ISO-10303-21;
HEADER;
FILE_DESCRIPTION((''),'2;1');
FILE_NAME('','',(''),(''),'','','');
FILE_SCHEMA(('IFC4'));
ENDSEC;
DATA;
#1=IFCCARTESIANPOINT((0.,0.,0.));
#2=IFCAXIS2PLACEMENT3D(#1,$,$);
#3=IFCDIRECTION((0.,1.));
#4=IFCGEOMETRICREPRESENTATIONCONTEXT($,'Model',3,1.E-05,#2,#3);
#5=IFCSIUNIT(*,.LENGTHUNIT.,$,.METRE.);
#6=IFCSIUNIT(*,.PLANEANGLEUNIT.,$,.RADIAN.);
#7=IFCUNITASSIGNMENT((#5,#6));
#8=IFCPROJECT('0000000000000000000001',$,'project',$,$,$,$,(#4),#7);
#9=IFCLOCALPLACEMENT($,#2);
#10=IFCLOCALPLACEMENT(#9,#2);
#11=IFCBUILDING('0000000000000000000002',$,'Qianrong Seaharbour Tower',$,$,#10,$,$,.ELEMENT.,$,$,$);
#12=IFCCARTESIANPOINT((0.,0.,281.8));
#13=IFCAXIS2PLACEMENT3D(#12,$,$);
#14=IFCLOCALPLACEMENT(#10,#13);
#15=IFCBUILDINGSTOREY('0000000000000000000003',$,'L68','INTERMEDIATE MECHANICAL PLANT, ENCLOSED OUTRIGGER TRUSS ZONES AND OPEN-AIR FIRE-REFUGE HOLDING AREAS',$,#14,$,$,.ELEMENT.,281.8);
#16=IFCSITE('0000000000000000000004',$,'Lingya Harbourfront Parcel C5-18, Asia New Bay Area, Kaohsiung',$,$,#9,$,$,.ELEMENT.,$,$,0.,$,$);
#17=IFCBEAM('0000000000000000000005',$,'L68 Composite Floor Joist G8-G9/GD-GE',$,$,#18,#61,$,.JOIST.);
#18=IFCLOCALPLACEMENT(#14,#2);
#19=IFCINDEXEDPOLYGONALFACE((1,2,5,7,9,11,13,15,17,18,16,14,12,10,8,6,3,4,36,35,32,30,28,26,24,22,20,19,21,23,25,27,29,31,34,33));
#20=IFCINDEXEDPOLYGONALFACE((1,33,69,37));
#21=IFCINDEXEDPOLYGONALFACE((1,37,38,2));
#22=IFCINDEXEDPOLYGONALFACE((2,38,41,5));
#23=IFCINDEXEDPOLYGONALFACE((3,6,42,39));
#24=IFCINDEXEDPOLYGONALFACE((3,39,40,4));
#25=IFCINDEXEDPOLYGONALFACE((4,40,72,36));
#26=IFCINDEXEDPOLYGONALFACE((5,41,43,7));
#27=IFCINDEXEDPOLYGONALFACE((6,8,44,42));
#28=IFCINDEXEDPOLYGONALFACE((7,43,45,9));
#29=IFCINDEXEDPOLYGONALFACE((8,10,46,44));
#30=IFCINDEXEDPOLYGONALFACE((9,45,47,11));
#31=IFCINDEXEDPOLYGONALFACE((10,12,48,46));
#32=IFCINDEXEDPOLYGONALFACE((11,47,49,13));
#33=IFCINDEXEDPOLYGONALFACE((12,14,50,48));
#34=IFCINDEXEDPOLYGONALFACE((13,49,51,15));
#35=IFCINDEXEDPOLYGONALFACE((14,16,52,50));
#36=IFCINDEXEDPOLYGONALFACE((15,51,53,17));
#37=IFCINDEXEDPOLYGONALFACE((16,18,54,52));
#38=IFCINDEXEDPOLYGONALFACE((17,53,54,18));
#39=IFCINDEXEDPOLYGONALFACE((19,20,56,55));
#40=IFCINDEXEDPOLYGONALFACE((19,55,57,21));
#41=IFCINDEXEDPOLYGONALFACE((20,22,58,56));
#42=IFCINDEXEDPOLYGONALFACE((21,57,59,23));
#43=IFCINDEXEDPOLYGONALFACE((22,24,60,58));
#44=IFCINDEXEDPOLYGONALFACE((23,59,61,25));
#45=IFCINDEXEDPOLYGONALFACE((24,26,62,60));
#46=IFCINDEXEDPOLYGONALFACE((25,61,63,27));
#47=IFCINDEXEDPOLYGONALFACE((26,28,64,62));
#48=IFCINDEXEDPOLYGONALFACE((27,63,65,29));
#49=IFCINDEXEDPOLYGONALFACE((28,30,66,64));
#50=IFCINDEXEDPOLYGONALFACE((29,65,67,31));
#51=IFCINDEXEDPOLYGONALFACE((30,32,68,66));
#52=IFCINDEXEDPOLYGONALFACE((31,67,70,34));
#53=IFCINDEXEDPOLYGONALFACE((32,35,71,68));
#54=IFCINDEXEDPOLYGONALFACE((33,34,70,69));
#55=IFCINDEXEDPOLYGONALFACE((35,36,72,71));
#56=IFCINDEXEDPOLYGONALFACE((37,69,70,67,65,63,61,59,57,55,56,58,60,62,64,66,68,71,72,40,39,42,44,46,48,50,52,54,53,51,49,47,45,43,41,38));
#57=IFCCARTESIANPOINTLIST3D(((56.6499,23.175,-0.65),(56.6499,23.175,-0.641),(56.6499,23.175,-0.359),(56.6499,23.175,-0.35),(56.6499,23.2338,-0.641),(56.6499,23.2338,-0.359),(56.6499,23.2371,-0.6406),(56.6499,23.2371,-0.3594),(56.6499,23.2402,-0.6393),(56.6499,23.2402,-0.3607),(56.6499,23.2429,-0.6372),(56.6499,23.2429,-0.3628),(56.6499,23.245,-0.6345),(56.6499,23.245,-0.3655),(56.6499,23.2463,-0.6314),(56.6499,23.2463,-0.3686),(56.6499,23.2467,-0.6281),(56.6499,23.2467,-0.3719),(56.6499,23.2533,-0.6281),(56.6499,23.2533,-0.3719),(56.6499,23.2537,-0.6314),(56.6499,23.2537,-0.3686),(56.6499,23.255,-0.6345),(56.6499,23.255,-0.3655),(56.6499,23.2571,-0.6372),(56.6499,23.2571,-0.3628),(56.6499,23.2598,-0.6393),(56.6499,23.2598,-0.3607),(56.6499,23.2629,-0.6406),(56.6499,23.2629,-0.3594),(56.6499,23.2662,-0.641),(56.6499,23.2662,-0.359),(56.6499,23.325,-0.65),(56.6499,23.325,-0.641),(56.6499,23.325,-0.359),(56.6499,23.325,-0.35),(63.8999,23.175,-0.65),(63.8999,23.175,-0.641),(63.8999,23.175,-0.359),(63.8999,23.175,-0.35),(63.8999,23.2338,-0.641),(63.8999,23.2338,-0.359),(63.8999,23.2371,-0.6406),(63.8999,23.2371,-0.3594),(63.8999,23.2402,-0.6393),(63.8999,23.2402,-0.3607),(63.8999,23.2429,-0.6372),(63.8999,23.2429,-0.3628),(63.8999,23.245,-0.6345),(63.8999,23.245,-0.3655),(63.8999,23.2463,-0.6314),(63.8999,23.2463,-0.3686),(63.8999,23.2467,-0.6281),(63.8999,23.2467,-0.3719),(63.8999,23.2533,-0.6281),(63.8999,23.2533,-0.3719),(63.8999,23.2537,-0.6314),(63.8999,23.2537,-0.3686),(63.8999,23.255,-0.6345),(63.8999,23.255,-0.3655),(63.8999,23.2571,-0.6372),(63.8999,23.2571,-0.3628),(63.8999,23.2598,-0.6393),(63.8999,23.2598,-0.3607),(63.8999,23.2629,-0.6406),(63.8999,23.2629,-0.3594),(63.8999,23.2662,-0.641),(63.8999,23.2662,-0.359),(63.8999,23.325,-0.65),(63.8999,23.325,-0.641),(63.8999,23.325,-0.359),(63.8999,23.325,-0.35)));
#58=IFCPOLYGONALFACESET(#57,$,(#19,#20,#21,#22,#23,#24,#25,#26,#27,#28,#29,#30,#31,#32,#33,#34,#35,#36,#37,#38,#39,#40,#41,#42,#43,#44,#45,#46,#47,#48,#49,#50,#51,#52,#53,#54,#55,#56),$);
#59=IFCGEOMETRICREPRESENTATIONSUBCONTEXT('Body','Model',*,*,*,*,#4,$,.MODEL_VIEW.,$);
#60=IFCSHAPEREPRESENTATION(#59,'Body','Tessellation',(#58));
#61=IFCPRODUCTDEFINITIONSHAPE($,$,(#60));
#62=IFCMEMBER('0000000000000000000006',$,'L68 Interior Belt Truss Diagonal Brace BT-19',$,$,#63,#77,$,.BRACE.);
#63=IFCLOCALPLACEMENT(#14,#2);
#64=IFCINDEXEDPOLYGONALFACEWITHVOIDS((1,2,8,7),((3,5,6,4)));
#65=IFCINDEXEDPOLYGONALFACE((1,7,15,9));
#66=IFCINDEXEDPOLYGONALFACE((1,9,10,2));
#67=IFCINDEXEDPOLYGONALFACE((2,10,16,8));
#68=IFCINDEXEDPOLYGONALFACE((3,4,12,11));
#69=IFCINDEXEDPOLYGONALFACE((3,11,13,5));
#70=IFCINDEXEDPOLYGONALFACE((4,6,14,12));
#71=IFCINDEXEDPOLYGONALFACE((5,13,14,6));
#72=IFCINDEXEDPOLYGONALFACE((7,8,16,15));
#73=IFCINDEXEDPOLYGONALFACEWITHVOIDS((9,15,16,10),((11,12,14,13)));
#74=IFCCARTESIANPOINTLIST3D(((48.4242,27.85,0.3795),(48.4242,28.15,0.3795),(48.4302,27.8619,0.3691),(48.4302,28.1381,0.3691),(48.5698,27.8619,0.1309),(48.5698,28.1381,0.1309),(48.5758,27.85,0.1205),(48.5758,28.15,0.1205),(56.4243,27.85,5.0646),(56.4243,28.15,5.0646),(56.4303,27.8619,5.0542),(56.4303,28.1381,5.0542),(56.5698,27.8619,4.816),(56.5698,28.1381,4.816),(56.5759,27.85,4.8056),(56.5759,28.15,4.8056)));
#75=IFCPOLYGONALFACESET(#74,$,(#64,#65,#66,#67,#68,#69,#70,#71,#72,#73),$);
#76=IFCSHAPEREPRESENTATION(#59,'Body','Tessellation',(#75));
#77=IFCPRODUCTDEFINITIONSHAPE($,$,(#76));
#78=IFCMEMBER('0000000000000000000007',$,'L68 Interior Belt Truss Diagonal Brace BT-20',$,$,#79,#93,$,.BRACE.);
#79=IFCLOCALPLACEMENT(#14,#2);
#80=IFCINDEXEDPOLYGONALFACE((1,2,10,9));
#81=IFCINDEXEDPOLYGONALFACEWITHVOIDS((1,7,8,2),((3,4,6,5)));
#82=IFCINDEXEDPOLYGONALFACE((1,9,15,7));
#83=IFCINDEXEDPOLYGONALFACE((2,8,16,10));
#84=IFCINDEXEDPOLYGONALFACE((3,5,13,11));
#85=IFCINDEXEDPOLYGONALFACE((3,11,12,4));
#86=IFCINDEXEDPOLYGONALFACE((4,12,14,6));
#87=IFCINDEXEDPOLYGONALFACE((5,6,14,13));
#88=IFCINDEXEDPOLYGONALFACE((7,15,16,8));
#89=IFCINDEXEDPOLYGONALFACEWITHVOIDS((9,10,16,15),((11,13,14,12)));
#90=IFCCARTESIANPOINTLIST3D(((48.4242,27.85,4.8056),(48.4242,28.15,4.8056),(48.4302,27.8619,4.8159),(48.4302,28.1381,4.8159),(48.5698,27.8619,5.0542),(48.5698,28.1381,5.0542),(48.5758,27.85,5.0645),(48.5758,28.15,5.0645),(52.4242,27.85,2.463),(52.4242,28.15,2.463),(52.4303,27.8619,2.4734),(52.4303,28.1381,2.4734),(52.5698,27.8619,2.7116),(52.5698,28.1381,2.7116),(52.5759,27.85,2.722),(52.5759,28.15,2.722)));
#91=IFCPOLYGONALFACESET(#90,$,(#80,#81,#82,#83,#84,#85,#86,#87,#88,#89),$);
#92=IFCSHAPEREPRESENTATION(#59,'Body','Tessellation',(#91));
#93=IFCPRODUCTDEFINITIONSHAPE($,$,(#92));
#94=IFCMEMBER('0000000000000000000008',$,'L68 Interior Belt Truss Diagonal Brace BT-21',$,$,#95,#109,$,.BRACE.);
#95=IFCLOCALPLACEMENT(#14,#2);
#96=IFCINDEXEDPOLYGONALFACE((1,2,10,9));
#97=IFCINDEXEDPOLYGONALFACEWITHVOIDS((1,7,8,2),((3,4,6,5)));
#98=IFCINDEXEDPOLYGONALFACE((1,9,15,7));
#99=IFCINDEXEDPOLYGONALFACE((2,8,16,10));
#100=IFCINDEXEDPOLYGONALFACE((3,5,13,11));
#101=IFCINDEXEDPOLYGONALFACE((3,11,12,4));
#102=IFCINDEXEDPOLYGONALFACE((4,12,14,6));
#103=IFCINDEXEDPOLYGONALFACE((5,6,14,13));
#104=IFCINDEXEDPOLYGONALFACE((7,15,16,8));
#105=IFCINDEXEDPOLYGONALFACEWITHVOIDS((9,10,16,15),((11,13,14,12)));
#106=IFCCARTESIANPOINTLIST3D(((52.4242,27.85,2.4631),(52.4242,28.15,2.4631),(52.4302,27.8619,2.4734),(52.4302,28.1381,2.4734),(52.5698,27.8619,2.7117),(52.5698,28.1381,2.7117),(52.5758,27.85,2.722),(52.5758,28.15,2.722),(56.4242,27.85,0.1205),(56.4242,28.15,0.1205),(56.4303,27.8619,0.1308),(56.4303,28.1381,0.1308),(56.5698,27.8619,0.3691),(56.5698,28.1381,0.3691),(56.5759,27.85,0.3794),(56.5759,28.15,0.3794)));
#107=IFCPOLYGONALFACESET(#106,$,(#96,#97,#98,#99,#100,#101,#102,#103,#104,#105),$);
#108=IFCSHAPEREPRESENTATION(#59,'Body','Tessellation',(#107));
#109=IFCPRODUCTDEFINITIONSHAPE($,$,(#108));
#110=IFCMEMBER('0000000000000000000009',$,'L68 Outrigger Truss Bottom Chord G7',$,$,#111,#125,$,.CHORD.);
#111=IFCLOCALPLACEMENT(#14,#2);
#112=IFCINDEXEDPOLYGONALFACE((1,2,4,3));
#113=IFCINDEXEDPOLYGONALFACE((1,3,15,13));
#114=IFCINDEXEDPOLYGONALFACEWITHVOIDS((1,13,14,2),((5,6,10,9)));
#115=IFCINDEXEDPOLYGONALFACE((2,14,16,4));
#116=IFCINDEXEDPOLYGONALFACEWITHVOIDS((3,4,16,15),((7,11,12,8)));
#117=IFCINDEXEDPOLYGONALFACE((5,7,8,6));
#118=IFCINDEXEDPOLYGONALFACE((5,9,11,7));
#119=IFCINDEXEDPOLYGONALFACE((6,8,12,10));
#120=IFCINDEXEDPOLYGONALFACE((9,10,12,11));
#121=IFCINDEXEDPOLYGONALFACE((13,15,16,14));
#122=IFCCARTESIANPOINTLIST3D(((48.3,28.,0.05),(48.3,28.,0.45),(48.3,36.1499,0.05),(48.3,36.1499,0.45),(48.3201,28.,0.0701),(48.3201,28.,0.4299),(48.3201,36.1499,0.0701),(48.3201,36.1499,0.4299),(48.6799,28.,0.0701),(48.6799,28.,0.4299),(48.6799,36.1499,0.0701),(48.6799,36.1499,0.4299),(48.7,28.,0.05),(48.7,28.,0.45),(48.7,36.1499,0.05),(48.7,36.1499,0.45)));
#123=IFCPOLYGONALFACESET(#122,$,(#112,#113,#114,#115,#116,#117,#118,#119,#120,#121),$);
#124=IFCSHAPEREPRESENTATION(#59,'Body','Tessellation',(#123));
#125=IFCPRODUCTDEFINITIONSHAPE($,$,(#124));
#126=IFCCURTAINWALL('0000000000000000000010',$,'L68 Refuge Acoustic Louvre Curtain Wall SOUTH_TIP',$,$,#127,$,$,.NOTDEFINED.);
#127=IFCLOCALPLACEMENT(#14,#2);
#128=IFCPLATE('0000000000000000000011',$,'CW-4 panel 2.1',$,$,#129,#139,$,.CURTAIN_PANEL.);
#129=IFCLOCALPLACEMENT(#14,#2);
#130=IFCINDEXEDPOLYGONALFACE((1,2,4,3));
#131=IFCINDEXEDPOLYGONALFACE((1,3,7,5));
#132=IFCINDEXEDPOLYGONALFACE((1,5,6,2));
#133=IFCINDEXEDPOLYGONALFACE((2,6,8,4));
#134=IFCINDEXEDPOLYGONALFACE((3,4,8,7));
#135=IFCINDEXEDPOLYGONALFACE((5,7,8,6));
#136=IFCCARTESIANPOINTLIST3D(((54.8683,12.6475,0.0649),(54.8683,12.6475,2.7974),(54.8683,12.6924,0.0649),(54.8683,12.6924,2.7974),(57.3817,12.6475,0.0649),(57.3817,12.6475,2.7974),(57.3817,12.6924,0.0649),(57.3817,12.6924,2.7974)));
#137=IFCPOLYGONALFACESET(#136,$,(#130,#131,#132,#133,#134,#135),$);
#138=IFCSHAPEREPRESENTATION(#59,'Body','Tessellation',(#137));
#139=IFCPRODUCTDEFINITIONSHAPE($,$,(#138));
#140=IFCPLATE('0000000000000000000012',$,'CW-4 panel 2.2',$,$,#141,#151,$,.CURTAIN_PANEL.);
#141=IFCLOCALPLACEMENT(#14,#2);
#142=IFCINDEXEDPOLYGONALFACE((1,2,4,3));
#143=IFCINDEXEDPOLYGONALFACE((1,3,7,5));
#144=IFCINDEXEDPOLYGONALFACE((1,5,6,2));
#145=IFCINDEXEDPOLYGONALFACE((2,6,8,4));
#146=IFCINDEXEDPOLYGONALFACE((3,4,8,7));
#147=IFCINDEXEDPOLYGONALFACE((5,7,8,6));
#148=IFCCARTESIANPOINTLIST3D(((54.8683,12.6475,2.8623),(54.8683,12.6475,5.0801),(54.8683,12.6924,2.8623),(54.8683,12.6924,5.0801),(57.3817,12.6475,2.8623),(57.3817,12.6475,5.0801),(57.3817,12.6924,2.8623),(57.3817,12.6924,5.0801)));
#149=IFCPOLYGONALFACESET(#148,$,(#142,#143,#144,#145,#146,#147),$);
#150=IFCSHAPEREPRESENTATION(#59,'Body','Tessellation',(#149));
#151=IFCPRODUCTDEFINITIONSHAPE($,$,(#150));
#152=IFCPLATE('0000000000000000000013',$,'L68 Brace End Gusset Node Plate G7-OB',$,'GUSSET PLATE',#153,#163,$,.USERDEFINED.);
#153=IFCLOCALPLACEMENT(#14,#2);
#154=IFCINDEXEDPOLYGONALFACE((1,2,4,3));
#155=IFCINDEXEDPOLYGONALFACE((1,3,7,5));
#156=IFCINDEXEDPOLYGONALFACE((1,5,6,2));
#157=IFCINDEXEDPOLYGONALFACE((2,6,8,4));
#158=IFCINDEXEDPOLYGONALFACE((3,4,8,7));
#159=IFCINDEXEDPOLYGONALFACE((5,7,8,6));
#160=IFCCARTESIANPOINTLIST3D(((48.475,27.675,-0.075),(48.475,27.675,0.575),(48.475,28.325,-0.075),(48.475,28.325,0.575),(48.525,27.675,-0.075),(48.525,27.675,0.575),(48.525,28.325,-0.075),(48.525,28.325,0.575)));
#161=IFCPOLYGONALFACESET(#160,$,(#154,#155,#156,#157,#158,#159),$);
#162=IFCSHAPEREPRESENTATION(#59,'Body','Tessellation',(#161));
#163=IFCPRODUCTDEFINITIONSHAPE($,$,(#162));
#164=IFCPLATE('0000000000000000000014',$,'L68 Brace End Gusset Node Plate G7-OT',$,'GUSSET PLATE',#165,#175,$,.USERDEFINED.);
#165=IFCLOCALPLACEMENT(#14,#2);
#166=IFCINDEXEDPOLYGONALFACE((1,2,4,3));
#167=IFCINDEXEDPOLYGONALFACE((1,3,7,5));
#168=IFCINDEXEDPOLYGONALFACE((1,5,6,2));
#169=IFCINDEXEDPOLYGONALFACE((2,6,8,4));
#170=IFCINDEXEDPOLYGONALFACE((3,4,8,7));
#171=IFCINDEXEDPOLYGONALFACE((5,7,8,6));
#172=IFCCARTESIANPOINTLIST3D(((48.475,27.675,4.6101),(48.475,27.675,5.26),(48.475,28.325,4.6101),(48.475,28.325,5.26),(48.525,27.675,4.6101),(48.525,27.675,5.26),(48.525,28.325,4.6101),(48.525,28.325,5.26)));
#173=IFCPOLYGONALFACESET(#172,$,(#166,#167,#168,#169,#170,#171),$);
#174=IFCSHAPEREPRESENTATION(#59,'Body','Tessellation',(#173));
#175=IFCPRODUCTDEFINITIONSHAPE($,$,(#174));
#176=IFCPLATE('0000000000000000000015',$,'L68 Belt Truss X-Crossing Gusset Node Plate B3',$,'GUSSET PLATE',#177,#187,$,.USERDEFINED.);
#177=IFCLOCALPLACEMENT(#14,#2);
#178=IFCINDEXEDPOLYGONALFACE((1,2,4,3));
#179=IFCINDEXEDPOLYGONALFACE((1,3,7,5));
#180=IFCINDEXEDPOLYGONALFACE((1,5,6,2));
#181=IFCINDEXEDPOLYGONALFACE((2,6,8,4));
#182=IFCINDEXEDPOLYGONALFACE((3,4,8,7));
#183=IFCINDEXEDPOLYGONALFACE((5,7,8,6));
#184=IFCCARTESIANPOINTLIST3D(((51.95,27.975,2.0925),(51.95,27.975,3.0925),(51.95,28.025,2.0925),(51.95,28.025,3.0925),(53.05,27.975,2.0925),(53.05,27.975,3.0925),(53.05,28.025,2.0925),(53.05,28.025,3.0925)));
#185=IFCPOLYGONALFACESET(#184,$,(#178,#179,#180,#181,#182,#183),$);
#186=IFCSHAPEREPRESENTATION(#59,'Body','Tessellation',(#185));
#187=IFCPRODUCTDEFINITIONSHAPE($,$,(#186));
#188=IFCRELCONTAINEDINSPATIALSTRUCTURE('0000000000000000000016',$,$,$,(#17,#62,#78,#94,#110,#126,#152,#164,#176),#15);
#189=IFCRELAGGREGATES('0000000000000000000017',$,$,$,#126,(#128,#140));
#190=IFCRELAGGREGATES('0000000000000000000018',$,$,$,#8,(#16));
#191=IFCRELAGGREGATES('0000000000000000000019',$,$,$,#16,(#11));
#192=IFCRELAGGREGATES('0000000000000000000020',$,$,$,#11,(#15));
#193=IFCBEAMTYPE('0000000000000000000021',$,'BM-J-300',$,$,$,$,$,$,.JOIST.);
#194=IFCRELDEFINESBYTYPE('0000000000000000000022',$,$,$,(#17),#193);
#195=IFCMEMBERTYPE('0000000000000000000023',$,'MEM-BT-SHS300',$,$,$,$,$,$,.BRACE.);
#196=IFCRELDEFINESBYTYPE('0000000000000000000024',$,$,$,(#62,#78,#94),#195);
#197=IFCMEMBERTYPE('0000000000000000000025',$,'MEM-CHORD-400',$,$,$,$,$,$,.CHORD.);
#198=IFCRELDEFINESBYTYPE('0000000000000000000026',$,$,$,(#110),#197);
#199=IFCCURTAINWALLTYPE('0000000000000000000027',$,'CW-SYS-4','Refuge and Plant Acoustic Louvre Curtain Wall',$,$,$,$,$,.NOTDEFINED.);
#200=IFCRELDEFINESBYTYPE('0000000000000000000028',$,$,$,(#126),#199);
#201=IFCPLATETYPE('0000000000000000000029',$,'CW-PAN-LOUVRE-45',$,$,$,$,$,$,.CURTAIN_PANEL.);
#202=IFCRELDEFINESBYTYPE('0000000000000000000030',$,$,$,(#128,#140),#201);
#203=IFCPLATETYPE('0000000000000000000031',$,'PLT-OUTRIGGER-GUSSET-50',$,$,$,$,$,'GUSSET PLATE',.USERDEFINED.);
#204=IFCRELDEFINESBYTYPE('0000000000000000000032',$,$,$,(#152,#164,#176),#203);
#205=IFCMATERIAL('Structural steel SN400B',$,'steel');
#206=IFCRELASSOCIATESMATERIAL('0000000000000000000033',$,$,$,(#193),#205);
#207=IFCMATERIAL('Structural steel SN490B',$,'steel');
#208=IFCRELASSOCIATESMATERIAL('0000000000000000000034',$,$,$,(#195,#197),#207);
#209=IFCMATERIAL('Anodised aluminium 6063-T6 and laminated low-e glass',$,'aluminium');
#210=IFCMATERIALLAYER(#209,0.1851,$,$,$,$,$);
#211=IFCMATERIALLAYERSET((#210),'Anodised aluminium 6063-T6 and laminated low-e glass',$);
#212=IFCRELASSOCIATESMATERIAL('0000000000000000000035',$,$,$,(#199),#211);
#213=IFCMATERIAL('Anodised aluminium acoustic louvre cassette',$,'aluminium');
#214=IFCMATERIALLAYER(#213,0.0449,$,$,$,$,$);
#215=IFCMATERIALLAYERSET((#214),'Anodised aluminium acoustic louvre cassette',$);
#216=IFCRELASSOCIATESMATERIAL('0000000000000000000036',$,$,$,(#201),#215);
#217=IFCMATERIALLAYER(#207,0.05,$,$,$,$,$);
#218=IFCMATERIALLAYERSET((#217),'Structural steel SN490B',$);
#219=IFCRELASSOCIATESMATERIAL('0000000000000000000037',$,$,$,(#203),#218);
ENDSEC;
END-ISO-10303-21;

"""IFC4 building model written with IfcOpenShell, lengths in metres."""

from ifc_helpers import new_model, si_unit, direction, frame, origin, origin_2d, place, context, subcontext, project, spatial, rectangle, hollow_rectangle, i_section, extrude, material, layer, layer_set, material_profile, profile_set, type_object, element, aggregate, save


model = new_model("IFC4")

# Units and contexts
model_context = context("Model", 3, precision=1e-05, world=origin(), true_north=direction((0.0, 1.0)))
body_context = subcontext(model_context, "Body", "Model", "MODEL_VIEW")
ifc_project = project(units=[si_unit("LENGTHUNIT", "METRE"), si_unit("PLANEANGLEUNIT", "RADIAN")], contexts=[model_context])

# Site, building, storey
site_placement = place(None, origin())
site = spatial("IfcSite", under=ifc_project, at=site_placement, Name="Lingya Harbourfront Parcel C5-18, Asia New Bay Area, Kaohsiung", CompositionType="ELEMENT", RefElevation=0.0)
building_placement = place(site_placement, origin())
building = spatial("IfcBuilding", under=site, at=building_placement, Name="Qianrong Seaharbour Tower", CompositionType="ELEMENT")
storey_placement = place(building_placement, frame((0.0, 0.0, 281.8)))
storey = spatial("IfcBuildingStorey", under=building, at=storey_placement, Name="L68", Description="INTERMEDIATE MECHANICAL PLANT, ENCLOSED OUTRIGGER TRUSS ZONES AND OPEN-AIR FIRE-REFUGE HOLDING AREAS", CompositionType="ELEMENT", Elevation=281.8)

# Shared definitions
ifc_material_1 = material(Name="Structural steel SN490B", Category="steel")

# Beam
ifc_material_2 = material(Name="Structural steel SN400B", Category="steel")
ifc_material_profile_1 = material_profile(ifc_material_2, i_section(OverallWidth=0.1499, OverallDepth=0.3, WebThickness=0.0066, FlangeThickness=0.009, FilletRadius=0.0129, at=origin_2d()), Name="H300x150x6.5x9")
ifc_profile_set_1 = profile_set([ifc_material_profile_1], Name="Structural steel SN400B")
beam_type_1 = type_object("IfcBeamType", Name="BM-J-300", PredefinedType="JOIST", material=ifc_profile_set_1)
beam_placement = place(storey_placement, frame((56.6499, 23.25, -0.5), z_axis=(1.0, 0.0, 0.0), x_axis=(0.0, 1.0, 0.0)))
element("IfcBeam", 1, at=beam_placement, inside=storey, type_object=beam_type_1, Name="L68 Composite Floor Joist G8-G9/GD-GE", PredefinedType="JOIST", context=body_context, shape_type="SweptSolid", body=[
    extrude(i_section(OverallWidth=0.1499, OverallDepth=0.3, WebThickness=0.0066, FlangeThickness=0.009, FilletRadius=0.0129, at=origin_2d()), origin(), (0.0, 0.0, 1.0), 7.25),
])

# Members
ifc_material_profile_2 = material_profile(ifc_material_1, hollow_rectangle(XDim=0.3, YDim=0.3, WallThickness=0.012, at=origin_2d()), Name="SHS300x300x12")
ifc_profile_set_2 = profile_set([ifc_material_profile_2], Name="Structural steel SN490B")
member_type_1 = type_object("IfcMemberType", Name="MEM-BT-SHS300", PredefinedType="BRACE", material=ifc_profile_set_2)
member_1_placement = place(storey_placement, frame((48.5, 28.0, 0.25), z_axis=(0.862914, 0.0, 0.50535), x_axis=(0.0, 1.0, 0.0)))
element("IfcMember", 2, at=member_1_placement, inside=storey, type_object=member_type_1, Name="L68 Interior Belt Truss Diagonal Brace BT-19", PredefinedType="BRACE", context=body_context, shape_type="SweptSolid", body=[
    extrude(hollow_rectangle(XDim=0.3, YDim=0.3, WallThickness=0.012, at=origin_2d()), origin(), (0.0, 0.0, 1.0), 9.271),
])
for number, where, z_axis, x_axis, name in (
    (3, (48.5, 28.0, 4.9351), (0.862914, 0.0, -0.50535), (0.0, 1.0, 0.0), "L68 Interior Belt Truss Diagonal Brace BT-20"),
    (4, (52.5, 28.0, 2.5925), (0.862914, 0.0, -0.50535), (0.0, 1.0, 0.0), "L68 Interior Belt Truss Diagonal Brace BT-21"),
):
    element("IfcMember", number, at=place(storey_placement, frame(where, z_axis=z_axis, x_axis=x_axis)), inside=storey, type_object=member_type_1, Name=name, PredefinedType="BRACE", context=body_context, shape_type="SweptSolid", body=[
        extrude(hollow_rectangle(XDim=0.3, YDim=0.3, WallThickness=0.012, at=origin_2d()), origin(), (0.0, 0.0, 1.0), 4.6355),
    ])
ifc_material_profile_3 = material_profile(ifc_material_1, hollow_rectangle(XDim=0.3999, YDim=0.3999, WallThickness=0.02, at=origin_2d()), Name="SHS400x400x20")
ifc_profile_set_3 = profile_set([ifc_material_profile_3], Name="Structural steel SN490B")
member_type_2 = type_object("IfcMemberType", Name="MEM-CHORD-400", PredefinedType="CHORD", material=ifc_profile_set_3)
member_2_placement = place(storey_placement, frame((48.5, 28.0, 0.25), z_axis=(0.0, 1.0, 0.0), x_axis=(-1.0, 0.0, 0.0)))
element("IfcMember", 5, at=member_2_placement, inside=storey, type_object=member_type_2, Name="L68 Outrigger Truss Bottom Chord G7", PredefinedType="CHORD", context=body_context, shape_type="SweptSolid", body=[
    extrude(hollow_rectangle(XDim=0.3999, YDim=0.3999, WallThickness=0.02, at=origin_2d()), origin(), (0.0, 0.0, 1.0), 8.1499),
])

# Curtain wall, plates
ifc_material_3 = material(Name="Anodised aluminium 6063-T6 and laminated low-e glass", Category="aluminium")
ifc_layer_1 = layer(ifc_material_3, 0.1851)
ifc_layer_set_1 = layer_set([ifc_layer_1], Name="Anodised aluminium 6063-T6 and laminated low-e glass")
curtain_wall_type = type_object("IfcCurtainWallType", Name="CW-SYS-4", Description="Refuge and Plant Acoustic Louvre Curtain Wall", PredefinedType="NOTDEFINED", material=ifc_layer_set_1)
curtain_wall_placement = place(storey_placement, origin())
curtain_wall = element("IfcCurtainWall", 6, at=curtain_wall_placement, inside=storey, type_object=curtain_wall_type, Name="L68 Refuge Acoustic Louvre Curtain Wall SOUTH_TIP", PredefinedType="NOTDEFINED")
ifc_material_4 = material(Name="Anodised aluminium acoustic louvre cassette", Category="aluminium")
ifc_layer_2 = layer(ifc_material_4, 0.0449)
ifc_layer_set_2 = layer_set([ifc_layer_2], Name="Anodised aluminium acoustic louvre cassette")
plate_type_1 = type_object("IfcPlateType", Name="CW-PAN-LOUVRE-45", PredefinedType="CURTAIN_PANEL", material=ifc_layer_set_2)
plate_1_placement = place(storey_placement, frame((56.125, 12.6699, 0.0649), z_axis=(0.0, 0.0, 1.0), x_axis=(-1.0, 0.0, 0.0)))
plate_1 = element("IfcPlate", 7, at=plate_1_placement, type_object=plate_type_1, Name="CW-4 panel 2.1", PredefinedType="CURTAIN_PANEL", context=body_context, shape_type="SweptSolid", body=[
    extrude(rectangle(XDim=2.5134, YDim=0.0449, at=origin_2d()), origin(), (0.0, 0.0, 1.0), 2.7324),
])
plate_2_placement = place(storey_placement, frame((56.125, 12.6699, 2.8623), z_axis=(0.0, 0.0, 1.0), x_axis=(-1.0, 0.0, 0.0)))
plate_2 = element("IfcPlate", 8, at=plate_2_placement, type_object=plate_type_1, Name="CW-4 panel 2.2", PredefinedType="CURTAIN_PANEL", context=body_context, shape_type="SweptSolid", body=[
    extrude(rectangle(XDim=2.5134, YDim=0.0449, at=origin_2d()), origin(), (0.0, 0.0, 1.0), 2.2178),
])
aggregate(curtain_wall, [plate_1, plate_2])

# Plates
ifc_layer_3 = layer(ifc_material_1, 0.05)
ifc_layer_set_3 = layer_set([ifc_layer_3], Name="Structural steel SN490B")
plate_type_2 = type_object("IfcPlateType", Name="PLT-OUTRIGGER-GUSSET-50", ElementType="GUSSET PLATE", PredefinedType="USERDEFINED", material=ifc_layer_set_3)
for number, where, z_axis, x_axis, name in (
    (9, (48.5, 28.0, -0.075), (0.0, 0.0, 1.0), (1.0, 0.0, 0.0), "L68 Brace End Gusset Node Plate G7-OB"),
    (10, (48.5, 28.0, 4.6101), (0.0, 0.0, 1.0), (1.0, 0.0, 0.0), "L68 Brace End Gusset Node Plate G7-OT"),
):
    element("IfcPlate", number, at=place(storey_placement, frame(where, z_axis=z_axis, x_axis=x_axis)), inside=storey, type_object=plate_type_2, Name=name, ObjectType="GUSSET PLATE", PredefinedType="USERDEFINED", context=body_context, shape_type="SweptSolid", body=[
        extrude(rectangle(XDim=0.05, YDim=0.6499, at=origin_2d()), origin(), (0.0, 0.0, 1.0), 0.6499),
    ])
plate_3_placement = place(storey_placement, frame((52.5, 28.0, 2.0925), z_axis=(0.0, 0.0, 1.0), x_axis=(1.0, 0.0, 0.0)))
element("IfcPlate", 11, at=plate_3_placement, inside=storey, type_object=plate_type_2, Name="L68 Belt Truss X-Crossing Gusset Node Plate B3", ObjectType="GUSSET PLATE", PredefinedType="USERDEFINED", context=body_context, shape_type="SweptSolid", body=[
    extrude(rectangle(XDim=1.1001, YDim=0.05, at=origin_2d()), origin(), (0.0, 0.0, 1.0), 1.0),
])

save(model, "model.ifc")
